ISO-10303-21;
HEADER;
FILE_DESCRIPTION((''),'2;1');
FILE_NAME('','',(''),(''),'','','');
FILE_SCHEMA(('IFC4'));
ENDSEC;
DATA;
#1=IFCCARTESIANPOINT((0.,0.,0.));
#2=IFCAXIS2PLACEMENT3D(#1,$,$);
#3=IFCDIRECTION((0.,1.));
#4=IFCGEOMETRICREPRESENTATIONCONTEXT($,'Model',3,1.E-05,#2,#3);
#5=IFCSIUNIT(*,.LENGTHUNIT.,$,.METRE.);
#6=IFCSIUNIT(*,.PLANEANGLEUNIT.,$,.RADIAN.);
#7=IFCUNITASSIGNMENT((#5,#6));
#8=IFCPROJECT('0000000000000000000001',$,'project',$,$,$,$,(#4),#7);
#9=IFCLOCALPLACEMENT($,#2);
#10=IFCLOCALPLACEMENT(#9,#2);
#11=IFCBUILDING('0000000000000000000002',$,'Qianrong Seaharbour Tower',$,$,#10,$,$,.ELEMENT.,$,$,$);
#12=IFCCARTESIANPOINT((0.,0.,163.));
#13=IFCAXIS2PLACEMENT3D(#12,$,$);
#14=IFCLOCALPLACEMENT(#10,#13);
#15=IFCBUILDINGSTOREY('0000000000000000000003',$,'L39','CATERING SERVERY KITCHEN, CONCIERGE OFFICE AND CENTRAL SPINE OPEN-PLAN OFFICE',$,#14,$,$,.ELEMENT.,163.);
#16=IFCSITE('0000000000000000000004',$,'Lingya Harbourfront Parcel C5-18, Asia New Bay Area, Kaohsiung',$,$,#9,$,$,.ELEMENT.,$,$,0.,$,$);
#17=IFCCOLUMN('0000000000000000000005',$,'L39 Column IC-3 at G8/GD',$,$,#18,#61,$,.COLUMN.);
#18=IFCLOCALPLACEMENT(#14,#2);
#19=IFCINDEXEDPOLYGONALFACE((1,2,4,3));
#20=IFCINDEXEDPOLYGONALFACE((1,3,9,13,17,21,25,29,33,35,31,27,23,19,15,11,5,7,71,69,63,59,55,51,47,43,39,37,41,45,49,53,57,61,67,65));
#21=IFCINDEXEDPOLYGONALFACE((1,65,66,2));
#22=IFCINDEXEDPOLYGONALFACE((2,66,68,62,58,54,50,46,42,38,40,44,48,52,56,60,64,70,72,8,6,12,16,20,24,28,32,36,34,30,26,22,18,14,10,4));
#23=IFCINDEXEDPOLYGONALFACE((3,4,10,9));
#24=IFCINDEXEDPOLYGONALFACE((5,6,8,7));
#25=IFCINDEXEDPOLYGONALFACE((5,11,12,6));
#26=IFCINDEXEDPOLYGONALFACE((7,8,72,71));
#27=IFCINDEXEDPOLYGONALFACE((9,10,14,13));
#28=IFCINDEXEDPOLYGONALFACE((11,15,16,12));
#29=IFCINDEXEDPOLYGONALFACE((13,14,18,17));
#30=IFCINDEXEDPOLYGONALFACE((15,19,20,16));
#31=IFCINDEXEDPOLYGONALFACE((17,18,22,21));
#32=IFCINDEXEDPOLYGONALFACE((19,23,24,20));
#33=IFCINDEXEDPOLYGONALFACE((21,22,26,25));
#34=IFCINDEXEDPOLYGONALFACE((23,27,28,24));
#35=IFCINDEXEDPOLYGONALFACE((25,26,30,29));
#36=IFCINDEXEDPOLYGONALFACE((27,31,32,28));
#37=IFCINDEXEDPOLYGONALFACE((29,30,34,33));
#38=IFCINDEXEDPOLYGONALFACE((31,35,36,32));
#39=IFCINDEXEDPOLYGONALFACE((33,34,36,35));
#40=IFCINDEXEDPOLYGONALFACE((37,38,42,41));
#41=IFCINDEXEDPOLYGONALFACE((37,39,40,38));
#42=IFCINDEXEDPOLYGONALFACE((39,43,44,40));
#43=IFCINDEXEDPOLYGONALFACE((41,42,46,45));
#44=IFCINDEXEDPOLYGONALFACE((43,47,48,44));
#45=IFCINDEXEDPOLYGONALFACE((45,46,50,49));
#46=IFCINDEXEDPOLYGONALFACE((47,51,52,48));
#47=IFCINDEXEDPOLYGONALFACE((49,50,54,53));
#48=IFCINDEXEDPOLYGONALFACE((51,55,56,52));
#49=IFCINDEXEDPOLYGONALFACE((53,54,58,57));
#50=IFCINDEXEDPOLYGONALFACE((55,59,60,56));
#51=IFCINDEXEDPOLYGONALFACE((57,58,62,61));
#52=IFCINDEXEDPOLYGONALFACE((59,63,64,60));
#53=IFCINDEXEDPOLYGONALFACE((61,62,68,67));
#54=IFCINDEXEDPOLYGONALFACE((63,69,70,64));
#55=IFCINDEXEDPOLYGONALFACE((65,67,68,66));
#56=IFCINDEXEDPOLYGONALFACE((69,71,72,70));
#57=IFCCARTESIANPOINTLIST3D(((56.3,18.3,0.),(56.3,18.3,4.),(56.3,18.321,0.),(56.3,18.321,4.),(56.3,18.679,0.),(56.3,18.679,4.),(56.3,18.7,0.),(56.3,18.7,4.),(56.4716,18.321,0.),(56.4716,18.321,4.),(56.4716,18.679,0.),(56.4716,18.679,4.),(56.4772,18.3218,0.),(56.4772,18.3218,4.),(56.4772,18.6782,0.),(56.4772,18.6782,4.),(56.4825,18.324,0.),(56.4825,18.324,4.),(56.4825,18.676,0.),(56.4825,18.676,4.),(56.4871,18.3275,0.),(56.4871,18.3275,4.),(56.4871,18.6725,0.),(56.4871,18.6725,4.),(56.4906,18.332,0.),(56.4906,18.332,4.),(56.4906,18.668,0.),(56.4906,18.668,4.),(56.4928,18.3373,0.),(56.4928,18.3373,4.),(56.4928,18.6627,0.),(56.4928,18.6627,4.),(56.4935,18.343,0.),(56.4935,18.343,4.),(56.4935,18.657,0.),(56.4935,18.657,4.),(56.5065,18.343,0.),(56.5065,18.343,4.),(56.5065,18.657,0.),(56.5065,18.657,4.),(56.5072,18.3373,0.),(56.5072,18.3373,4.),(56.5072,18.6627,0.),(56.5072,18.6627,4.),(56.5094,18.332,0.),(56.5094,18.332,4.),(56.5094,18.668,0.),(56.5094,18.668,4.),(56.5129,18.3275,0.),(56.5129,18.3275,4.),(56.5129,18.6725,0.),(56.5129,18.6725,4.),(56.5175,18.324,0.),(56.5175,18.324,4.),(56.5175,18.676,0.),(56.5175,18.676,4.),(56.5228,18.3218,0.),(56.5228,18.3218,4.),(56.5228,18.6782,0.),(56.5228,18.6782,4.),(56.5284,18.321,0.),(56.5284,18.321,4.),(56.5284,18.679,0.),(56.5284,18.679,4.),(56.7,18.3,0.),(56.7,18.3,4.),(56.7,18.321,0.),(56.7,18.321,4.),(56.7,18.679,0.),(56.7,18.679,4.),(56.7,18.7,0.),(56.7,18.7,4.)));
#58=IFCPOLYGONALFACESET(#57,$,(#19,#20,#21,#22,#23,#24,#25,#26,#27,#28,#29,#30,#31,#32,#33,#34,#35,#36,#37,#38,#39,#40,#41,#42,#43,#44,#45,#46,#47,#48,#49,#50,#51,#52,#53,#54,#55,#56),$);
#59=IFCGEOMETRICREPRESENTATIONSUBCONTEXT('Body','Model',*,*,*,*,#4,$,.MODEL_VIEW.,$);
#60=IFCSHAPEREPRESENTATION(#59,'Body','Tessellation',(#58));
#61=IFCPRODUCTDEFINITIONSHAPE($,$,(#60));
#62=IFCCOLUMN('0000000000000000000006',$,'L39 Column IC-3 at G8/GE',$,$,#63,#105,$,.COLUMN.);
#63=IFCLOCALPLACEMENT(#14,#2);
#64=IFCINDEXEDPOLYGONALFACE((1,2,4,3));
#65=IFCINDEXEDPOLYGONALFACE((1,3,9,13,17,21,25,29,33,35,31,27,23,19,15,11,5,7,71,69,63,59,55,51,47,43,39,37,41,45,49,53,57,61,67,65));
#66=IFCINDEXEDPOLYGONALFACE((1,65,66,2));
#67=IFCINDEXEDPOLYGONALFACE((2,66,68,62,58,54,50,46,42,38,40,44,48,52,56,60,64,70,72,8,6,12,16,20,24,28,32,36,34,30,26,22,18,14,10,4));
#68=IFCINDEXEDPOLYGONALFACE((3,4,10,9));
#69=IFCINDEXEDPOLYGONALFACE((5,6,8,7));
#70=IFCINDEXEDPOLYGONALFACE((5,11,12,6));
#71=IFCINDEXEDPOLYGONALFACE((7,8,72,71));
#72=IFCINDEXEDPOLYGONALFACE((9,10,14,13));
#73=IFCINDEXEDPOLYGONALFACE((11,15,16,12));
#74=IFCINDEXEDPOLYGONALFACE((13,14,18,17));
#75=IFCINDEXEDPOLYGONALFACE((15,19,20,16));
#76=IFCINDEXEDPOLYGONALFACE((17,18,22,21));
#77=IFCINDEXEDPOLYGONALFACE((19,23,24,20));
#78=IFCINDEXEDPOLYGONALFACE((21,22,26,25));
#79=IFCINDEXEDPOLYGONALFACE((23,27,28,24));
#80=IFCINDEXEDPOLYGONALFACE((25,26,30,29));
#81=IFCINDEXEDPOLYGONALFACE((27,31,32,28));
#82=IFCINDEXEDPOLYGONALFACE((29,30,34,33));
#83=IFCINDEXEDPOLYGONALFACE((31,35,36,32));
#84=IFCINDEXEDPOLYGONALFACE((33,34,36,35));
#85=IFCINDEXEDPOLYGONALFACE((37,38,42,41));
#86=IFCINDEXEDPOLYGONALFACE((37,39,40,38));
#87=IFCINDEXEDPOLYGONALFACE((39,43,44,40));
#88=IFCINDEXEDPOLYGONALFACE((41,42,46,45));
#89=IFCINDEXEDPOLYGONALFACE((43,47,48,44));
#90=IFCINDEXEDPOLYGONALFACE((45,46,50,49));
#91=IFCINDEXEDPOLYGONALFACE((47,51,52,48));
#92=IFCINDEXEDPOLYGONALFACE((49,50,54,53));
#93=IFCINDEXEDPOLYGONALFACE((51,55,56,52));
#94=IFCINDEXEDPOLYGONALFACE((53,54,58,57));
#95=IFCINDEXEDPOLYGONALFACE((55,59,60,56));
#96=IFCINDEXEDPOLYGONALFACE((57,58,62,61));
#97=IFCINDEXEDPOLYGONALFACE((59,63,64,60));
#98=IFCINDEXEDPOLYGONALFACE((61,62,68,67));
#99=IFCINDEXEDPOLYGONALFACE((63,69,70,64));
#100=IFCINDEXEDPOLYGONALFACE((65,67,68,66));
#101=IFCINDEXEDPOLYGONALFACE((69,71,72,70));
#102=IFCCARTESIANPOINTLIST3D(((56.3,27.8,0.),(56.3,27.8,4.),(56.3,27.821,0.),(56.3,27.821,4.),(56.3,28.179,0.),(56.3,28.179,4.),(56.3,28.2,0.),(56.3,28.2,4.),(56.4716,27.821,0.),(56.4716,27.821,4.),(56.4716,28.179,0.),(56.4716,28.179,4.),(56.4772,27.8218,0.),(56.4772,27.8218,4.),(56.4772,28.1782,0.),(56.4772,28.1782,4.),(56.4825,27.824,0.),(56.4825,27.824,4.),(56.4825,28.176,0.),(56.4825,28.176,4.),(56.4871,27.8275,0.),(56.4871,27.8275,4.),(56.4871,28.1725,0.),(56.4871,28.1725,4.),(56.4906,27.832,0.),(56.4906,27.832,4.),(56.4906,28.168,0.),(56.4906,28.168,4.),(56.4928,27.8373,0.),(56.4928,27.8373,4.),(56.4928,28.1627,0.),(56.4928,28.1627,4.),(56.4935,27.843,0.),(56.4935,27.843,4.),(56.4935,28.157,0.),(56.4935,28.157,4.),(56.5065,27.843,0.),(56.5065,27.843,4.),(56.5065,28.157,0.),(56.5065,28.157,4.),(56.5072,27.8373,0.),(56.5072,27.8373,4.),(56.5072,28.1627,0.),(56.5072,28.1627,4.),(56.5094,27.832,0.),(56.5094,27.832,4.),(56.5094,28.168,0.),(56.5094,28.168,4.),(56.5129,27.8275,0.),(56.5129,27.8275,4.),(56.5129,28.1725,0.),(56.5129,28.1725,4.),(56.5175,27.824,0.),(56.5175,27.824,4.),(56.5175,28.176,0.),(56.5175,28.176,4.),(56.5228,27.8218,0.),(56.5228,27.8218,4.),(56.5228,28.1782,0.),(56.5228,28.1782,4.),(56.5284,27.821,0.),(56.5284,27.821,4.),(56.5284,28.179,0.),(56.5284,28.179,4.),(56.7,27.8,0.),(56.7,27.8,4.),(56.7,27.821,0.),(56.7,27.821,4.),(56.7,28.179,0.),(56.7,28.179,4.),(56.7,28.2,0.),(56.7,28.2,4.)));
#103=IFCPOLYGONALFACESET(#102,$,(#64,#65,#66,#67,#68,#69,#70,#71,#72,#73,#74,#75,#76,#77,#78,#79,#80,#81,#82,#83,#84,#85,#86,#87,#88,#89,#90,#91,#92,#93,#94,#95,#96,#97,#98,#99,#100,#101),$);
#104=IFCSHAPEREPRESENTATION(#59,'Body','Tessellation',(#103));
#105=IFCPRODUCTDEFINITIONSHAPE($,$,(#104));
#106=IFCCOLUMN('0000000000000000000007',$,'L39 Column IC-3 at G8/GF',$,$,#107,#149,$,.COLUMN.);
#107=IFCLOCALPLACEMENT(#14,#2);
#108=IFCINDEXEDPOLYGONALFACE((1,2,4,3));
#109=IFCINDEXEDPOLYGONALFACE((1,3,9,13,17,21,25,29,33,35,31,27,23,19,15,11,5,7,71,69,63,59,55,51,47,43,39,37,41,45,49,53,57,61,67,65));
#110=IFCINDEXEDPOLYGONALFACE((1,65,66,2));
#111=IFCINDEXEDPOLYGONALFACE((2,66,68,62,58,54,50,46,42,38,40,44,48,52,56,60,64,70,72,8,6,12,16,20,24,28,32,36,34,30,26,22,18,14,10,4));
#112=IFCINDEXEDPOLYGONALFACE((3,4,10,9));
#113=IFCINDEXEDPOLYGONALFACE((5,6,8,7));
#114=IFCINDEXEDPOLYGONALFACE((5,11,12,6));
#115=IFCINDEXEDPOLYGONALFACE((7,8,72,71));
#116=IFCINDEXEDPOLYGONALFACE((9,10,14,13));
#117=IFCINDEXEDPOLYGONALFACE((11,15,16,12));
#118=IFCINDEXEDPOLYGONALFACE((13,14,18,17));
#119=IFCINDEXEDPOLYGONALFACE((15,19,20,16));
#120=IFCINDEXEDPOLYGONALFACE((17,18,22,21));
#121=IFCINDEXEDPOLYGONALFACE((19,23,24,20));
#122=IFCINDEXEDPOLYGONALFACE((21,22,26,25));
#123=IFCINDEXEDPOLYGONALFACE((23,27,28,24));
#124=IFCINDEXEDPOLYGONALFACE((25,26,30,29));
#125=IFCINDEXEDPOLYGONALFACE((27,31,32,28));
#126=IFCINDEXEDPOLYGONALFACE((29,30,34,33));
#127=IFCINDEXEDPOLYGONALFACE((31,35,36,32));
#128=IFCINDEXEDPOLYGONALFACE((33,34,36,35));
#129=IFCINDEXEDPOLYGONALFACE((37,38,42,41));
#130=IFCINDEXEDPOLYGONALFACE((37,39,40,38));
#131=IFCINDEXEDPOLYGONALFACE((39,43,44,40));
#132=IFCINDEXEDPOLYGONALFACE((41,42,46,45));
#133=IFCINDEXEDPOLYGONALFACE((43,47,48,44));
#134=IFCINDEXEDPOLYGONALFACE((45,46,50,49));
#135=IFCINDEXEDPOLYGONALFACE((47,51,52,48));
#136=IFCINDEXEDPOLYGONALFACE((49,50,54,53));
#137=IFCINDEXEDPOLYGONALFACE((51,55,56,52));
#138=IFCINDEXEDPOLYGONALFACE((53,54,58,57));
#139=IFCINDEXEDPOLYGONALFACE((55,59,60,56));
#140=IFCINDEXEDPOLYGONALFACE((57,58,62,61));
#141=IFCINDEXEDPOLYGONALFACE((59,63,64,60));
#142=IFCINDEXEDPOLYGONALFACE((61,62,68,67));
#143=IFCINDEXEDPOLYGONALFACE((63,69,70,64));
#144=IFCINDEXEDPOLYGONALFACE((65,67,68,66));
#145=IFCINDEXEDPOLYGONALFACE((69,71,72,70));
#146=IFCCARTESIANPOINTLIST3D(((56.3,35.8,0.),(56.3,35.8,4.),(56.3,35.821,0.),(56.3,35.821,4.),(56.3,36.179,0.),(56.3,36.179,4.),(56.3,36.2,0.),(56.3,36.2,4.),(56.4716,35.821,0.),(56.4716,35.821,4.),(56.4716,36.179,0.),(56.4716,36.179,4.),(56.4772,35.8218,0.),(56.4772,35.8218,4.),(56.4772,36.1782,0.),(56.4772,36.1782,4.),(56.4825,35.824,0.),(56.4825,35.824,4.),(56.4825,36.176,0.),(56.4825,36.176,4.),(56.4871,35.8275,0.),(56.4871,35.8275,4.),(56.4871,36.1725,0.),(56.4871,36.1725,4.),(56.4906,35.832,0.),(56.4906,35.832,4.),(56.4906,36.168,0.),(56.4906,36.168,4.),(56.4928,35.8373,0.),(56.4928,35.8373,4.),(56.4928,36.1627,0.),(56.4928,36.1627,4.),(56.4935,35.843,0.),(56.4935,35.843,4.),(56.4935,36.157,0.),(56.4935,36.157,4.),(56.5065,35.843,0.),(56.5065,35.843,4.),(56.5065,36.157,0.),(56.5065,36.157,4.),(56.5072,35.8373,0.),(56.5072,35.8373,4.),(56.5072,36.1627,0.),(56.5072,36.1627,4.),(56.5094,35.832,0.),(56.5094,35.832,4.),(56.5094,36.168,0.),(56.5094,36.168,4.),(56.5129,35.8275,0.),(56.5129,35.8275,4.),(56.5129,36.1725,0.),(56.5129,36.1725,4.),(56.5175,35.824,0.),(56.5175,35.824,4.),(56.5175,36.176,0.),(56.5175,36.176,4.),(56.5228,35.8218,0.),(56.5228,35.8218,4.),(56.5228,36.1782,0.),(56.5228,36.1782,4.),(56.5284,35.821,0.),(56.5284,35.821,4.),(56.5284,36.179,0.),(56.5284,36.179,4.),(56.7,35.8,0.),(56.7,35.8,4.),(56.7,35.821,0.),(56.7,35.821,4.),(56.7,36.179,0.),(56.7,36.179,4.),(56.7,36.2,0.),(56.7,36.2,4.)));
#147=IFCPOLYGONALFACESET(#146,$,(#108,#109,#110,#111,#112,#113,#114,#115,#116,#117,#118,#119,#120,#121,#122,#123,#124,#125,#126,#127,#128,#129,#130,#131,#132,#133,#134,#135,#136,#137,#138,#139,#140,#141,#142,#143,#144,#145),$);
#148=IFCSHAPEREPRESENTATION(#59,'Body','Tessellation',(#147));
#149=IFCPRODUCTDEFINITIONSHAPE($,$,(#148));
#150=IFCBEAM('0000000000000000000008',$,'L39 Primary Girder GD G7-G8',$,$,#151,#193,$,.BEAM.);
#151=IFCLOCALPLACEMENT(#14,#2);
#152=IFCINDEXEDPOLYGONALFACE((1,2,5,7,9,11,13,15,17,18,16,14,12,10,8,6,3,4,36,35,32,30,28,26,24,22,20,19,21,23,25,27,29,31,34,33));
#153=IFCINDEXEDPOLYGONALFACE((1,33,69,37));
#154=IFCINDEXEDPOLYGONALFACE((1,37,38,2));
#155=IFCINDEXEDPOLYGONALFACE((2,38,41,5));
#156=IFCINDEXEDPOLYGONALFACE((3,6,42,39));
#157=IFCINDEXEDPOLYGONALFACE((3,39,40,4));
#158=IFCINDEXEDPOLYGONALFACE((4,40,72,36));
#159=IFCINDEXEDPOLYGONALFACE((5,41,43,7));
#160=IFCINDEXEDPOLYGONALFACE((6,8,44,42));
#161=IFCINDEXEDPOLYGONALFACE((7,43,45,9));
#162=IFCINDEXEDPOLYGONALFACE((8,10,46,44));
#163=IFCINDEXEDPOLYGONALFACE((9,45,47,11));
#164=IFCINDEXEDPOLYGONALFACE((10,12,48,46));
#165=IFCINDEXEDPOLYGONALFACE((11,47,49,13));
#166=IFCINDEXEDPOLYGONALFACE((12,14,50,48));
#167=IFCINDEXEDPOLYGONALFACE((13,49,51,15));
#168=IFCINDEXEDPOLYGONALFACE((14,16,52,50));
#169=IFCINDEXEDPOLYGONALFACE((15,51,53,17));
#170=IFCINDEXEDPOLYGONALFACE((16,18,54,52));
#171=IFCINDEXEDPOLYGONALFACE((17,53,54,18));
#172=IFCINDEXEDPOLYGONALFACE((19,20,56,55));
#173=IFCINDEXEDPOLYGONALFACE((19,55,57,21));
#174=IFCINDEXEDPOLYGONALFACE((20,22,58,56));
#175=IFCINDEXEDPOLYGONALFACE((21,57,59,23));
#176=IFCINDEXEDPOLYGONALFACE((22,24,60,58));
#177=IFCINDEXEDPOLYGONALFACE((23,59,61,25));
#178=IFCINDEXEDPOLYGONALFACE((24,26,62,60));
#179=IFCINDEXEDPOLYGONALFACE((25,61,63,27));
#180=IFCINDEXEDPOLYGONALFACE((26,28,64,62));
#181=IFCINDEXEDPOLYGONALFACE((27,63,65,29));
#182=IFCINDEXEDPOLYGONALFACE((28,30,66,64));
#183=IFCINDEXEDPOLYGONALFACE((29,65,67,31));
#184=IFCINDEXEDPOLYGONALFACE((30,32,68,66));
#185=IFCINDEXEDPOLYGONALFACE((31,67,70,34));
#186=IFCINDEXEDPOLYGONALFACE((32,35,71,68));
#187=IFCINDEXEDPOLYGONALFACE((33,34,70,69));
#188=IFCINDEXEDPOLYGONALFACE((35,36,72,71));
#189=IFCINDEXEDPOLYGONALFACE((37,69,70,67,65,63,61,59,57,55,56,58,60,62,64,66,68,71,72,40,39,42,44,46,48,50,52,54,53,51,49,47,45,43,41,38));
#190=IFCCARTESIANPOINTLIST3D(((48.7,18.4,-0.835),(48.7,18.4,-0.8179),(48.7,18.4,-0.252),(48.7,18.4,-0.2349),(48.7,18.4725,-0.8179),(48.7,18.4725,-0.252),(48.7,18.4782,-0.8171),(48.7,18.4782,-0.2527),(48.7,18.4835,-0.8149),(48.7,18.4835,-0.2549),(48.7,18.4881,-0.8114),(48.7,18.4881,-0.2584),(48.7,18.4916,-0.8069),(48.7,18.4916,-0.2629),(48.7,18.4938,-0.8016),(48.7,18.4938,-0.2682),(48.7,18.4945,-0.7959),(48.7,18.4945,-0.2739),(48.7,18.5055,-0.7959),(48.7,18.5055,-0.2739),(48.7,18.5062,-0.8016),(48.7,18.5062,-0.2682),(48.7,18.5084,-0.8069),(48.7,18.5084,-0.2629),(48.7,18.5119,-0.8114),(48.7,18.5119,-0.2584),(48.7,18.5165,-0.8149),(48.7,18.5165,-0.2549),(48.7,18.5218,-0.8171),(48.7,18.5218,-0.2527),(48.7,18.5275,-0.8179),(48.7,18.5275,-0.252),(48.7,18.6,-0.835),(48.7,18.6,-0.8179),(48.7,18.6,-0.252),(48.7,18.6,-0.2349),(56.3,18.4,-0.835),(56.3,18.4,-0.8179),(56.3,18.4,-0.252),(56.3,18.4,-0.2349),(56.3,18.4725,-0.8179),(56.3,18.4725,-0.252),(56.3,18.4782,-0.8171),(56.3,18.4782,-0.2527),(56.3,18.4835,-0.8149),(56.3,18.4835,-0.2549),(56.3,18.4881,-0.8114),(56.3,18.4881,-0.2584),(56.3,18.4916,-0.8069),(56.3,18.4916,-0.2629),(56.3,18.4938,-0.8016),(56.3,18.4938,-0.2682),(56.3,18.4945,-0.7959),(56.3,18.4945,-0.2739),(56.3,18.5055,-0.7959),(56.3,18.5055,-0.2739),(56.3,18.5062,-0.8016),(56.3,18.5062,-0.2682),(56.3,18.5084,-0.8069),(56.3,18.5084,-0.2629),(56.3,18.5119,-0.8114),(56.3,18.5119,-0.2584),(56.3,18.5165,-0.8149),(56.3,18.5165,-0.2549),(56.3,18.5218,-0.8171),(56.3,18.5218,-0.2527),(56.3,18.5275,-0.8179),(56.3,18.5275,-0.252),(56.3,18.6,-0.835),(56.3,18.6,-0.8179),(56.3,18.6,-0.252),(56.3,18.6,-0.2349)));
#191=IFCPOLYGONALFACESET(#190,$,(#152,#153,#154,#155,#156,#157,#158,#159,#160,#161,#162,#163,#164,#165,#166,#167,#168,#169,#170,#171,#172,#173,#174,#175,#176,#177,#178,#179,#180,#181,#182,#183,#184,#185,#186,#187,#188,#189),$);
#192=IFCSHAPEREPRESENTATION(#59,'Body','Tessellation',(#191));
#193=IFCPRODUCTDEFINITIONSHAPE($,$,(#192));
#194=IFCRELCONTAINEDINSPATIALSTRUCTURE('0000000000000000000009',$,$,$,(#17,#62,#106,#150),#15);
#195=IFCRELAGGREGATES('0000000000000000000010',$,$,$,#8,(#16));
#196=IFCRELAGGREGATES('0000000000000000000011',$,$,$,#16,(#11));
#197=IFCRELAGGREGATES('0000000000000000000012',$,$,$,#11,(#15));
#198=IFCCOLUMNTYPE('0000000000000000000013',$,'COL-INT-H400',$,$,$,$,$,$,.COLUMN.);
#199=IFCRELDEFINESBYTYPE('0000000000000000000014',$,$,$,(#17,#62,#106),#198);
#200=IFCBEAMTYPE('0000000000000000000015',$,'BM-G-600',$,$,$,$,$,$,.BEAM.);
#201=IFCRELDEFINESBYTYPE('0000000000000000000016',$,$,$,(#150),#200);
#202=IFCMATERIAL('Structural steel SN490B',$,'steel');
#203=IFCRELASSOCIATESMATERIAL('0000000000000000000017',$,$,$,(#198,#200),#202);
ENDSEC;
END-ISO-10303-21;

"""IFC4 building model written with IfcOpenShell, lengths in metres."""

from ifc_helpers import new_model, si_unit, direction, frame, origin, origin_2d, place, context, subcontext, project, spatial, i_section, extrude, material, material_profile, profile_set, type_object, element, save


model = new_model("IFC4")

# Units and contexts
model_context = context("Model", 3, precision=1e-05, world=origin(), true_north=direction((0.0, 1.0)))
body_context = subcontext(model_context, "Body", "Model", "MODEL_VIEW")
ifc_project = project(units=[si_unit("LENGTHUNIT", "METRE"), si_unit("PLANEANGLEUNIT", "RADIAN")], contexts=[model_context])

# Site, building, storey
site_placement = place(None, origin())
site = spatial("IfcSite", under=ifc_project, at=site_placement, Name="Lingya Harbourfront Parcel C5-18, Asia New Bay Area, Kaohsiung", CompositionType="ELEMENT", RefElevation=0.0)
building_placement = place(site_placement, origin())
building = spatial("IfcBuilding", under=site, at=building_placement, Name="Qianrong Seaharbour Tower", CompositionType="ELEMENT")
storey_placement = place(building_placement, frame((0.0, 0.0, 163.0)))
storey = spatial("IfcBuildingStorey", under=building, at=storey_placement, Name="L39", Description="CATERING SERVERY KITCHEN, CONCIERGE OFFICE AND CENTRAL SPINE OPEN-PLAN OFFICE", CompositionType="ELEMENT", Elevation=163.0)

# Columns
ifc_material_1 = material(Name="Structural steel SN490B", Category="steel")
ifc_material_profile_1 = material_profile(ifc_material_1, i_section(OverallWidth=0.3999, OverallDepth=0.3999, WebThickness=0.0129, FlangeThickness=0.021, FilletRadius=0.022, at=origin_2d()), Name="H400x400x13x21")
ifc_profile_set_1 = profile_set([ifc_material_profile_1], Name="Structural steel SN490B")
column_type_1 = type_object("IfcColumnType", Name="COL-INT-H400", PredefinedType="COLUMN", material=ifc_profile_set_1)
for number, where, z_axis, x_axis, name in (
    (1, (56.5, 18.5, 0.0), (0.0, 0.0, 1.0), (1.0, 0.0, 0.0), "L39 Column IC-3 at G8/GD"),
    (2, (56.5, 28.0, 0.0), (0.0, 0.0, 1.0), (1.0, 0.0, 0.0), "L39 Column IC-3 at G8/GE"),
    (3, (56.5, 36.0, 0.0), (0.0, 0.0, 1.0), (1.0, 0.0, 0.0), "L39 Column IC-3 at G8/GF"),
):
    element("IfcColumn", number, at=place(storey_placement, frame(where, z_axis=z_axis, x_axis=x_axis)), inside=storey, type_object=column_type_1, Name=name, PredefinedType="COLUMN", context=body_context, shape_type="SweptSolid", body=[
        extrude(i_section(OverallWidth=0.3999, OverallDepth=0.3999, WebThickness=0.0129, FlangeThickness=0.021, FilletRadius=0.022, at=origin_2d()), origin(), (0.0, 0.0, 1.0), 4.0),
    ])

# Beam
ifc_material_profile_2 = material_profile(ifc_material_1, i_section(OverallWidth=0.2, OverallDepth=0.6001, WebThickness=0.011, FlangeThickness=0.0171, FilletRadius=0.022, at=origin_2d()), Name="H600x200x11x17")
ifc_profile_set_2 = profile_set([ifc_material_profile_2], Name="Structural steel SN490B")
beam_type_1 = type_object("IfcBeamType", Name="BM-G-600", PredefinedType="BEAM", material=ifc_profile_set_2)
beam_1_placement = place(storey_placement, frame((48.7, 18.5, -0.5349), z_axis=(1.0, 0.0, 0.0), x_axis=(0.0, 1.0, 0.0)))
element("IfcBeam", 4, at=beam_1_placement, inside=storey, type_object=beam_type_1, Name="L39 Primary Girder GD G7-G8", PredefinedType="BEAM", context=body_context, shape_type="SweptSolid", body=[
    extrude(i_section(OverallWidth=0.2, OverallDepth=0.6001, WebThickness=0.011, FlangeThickness=0.0171, FilletRadius=0.022, at=origin_2d()), origin(), (0.0, 0.0, 1.0), 7.6001),
])

save(model, "model.ifc")
